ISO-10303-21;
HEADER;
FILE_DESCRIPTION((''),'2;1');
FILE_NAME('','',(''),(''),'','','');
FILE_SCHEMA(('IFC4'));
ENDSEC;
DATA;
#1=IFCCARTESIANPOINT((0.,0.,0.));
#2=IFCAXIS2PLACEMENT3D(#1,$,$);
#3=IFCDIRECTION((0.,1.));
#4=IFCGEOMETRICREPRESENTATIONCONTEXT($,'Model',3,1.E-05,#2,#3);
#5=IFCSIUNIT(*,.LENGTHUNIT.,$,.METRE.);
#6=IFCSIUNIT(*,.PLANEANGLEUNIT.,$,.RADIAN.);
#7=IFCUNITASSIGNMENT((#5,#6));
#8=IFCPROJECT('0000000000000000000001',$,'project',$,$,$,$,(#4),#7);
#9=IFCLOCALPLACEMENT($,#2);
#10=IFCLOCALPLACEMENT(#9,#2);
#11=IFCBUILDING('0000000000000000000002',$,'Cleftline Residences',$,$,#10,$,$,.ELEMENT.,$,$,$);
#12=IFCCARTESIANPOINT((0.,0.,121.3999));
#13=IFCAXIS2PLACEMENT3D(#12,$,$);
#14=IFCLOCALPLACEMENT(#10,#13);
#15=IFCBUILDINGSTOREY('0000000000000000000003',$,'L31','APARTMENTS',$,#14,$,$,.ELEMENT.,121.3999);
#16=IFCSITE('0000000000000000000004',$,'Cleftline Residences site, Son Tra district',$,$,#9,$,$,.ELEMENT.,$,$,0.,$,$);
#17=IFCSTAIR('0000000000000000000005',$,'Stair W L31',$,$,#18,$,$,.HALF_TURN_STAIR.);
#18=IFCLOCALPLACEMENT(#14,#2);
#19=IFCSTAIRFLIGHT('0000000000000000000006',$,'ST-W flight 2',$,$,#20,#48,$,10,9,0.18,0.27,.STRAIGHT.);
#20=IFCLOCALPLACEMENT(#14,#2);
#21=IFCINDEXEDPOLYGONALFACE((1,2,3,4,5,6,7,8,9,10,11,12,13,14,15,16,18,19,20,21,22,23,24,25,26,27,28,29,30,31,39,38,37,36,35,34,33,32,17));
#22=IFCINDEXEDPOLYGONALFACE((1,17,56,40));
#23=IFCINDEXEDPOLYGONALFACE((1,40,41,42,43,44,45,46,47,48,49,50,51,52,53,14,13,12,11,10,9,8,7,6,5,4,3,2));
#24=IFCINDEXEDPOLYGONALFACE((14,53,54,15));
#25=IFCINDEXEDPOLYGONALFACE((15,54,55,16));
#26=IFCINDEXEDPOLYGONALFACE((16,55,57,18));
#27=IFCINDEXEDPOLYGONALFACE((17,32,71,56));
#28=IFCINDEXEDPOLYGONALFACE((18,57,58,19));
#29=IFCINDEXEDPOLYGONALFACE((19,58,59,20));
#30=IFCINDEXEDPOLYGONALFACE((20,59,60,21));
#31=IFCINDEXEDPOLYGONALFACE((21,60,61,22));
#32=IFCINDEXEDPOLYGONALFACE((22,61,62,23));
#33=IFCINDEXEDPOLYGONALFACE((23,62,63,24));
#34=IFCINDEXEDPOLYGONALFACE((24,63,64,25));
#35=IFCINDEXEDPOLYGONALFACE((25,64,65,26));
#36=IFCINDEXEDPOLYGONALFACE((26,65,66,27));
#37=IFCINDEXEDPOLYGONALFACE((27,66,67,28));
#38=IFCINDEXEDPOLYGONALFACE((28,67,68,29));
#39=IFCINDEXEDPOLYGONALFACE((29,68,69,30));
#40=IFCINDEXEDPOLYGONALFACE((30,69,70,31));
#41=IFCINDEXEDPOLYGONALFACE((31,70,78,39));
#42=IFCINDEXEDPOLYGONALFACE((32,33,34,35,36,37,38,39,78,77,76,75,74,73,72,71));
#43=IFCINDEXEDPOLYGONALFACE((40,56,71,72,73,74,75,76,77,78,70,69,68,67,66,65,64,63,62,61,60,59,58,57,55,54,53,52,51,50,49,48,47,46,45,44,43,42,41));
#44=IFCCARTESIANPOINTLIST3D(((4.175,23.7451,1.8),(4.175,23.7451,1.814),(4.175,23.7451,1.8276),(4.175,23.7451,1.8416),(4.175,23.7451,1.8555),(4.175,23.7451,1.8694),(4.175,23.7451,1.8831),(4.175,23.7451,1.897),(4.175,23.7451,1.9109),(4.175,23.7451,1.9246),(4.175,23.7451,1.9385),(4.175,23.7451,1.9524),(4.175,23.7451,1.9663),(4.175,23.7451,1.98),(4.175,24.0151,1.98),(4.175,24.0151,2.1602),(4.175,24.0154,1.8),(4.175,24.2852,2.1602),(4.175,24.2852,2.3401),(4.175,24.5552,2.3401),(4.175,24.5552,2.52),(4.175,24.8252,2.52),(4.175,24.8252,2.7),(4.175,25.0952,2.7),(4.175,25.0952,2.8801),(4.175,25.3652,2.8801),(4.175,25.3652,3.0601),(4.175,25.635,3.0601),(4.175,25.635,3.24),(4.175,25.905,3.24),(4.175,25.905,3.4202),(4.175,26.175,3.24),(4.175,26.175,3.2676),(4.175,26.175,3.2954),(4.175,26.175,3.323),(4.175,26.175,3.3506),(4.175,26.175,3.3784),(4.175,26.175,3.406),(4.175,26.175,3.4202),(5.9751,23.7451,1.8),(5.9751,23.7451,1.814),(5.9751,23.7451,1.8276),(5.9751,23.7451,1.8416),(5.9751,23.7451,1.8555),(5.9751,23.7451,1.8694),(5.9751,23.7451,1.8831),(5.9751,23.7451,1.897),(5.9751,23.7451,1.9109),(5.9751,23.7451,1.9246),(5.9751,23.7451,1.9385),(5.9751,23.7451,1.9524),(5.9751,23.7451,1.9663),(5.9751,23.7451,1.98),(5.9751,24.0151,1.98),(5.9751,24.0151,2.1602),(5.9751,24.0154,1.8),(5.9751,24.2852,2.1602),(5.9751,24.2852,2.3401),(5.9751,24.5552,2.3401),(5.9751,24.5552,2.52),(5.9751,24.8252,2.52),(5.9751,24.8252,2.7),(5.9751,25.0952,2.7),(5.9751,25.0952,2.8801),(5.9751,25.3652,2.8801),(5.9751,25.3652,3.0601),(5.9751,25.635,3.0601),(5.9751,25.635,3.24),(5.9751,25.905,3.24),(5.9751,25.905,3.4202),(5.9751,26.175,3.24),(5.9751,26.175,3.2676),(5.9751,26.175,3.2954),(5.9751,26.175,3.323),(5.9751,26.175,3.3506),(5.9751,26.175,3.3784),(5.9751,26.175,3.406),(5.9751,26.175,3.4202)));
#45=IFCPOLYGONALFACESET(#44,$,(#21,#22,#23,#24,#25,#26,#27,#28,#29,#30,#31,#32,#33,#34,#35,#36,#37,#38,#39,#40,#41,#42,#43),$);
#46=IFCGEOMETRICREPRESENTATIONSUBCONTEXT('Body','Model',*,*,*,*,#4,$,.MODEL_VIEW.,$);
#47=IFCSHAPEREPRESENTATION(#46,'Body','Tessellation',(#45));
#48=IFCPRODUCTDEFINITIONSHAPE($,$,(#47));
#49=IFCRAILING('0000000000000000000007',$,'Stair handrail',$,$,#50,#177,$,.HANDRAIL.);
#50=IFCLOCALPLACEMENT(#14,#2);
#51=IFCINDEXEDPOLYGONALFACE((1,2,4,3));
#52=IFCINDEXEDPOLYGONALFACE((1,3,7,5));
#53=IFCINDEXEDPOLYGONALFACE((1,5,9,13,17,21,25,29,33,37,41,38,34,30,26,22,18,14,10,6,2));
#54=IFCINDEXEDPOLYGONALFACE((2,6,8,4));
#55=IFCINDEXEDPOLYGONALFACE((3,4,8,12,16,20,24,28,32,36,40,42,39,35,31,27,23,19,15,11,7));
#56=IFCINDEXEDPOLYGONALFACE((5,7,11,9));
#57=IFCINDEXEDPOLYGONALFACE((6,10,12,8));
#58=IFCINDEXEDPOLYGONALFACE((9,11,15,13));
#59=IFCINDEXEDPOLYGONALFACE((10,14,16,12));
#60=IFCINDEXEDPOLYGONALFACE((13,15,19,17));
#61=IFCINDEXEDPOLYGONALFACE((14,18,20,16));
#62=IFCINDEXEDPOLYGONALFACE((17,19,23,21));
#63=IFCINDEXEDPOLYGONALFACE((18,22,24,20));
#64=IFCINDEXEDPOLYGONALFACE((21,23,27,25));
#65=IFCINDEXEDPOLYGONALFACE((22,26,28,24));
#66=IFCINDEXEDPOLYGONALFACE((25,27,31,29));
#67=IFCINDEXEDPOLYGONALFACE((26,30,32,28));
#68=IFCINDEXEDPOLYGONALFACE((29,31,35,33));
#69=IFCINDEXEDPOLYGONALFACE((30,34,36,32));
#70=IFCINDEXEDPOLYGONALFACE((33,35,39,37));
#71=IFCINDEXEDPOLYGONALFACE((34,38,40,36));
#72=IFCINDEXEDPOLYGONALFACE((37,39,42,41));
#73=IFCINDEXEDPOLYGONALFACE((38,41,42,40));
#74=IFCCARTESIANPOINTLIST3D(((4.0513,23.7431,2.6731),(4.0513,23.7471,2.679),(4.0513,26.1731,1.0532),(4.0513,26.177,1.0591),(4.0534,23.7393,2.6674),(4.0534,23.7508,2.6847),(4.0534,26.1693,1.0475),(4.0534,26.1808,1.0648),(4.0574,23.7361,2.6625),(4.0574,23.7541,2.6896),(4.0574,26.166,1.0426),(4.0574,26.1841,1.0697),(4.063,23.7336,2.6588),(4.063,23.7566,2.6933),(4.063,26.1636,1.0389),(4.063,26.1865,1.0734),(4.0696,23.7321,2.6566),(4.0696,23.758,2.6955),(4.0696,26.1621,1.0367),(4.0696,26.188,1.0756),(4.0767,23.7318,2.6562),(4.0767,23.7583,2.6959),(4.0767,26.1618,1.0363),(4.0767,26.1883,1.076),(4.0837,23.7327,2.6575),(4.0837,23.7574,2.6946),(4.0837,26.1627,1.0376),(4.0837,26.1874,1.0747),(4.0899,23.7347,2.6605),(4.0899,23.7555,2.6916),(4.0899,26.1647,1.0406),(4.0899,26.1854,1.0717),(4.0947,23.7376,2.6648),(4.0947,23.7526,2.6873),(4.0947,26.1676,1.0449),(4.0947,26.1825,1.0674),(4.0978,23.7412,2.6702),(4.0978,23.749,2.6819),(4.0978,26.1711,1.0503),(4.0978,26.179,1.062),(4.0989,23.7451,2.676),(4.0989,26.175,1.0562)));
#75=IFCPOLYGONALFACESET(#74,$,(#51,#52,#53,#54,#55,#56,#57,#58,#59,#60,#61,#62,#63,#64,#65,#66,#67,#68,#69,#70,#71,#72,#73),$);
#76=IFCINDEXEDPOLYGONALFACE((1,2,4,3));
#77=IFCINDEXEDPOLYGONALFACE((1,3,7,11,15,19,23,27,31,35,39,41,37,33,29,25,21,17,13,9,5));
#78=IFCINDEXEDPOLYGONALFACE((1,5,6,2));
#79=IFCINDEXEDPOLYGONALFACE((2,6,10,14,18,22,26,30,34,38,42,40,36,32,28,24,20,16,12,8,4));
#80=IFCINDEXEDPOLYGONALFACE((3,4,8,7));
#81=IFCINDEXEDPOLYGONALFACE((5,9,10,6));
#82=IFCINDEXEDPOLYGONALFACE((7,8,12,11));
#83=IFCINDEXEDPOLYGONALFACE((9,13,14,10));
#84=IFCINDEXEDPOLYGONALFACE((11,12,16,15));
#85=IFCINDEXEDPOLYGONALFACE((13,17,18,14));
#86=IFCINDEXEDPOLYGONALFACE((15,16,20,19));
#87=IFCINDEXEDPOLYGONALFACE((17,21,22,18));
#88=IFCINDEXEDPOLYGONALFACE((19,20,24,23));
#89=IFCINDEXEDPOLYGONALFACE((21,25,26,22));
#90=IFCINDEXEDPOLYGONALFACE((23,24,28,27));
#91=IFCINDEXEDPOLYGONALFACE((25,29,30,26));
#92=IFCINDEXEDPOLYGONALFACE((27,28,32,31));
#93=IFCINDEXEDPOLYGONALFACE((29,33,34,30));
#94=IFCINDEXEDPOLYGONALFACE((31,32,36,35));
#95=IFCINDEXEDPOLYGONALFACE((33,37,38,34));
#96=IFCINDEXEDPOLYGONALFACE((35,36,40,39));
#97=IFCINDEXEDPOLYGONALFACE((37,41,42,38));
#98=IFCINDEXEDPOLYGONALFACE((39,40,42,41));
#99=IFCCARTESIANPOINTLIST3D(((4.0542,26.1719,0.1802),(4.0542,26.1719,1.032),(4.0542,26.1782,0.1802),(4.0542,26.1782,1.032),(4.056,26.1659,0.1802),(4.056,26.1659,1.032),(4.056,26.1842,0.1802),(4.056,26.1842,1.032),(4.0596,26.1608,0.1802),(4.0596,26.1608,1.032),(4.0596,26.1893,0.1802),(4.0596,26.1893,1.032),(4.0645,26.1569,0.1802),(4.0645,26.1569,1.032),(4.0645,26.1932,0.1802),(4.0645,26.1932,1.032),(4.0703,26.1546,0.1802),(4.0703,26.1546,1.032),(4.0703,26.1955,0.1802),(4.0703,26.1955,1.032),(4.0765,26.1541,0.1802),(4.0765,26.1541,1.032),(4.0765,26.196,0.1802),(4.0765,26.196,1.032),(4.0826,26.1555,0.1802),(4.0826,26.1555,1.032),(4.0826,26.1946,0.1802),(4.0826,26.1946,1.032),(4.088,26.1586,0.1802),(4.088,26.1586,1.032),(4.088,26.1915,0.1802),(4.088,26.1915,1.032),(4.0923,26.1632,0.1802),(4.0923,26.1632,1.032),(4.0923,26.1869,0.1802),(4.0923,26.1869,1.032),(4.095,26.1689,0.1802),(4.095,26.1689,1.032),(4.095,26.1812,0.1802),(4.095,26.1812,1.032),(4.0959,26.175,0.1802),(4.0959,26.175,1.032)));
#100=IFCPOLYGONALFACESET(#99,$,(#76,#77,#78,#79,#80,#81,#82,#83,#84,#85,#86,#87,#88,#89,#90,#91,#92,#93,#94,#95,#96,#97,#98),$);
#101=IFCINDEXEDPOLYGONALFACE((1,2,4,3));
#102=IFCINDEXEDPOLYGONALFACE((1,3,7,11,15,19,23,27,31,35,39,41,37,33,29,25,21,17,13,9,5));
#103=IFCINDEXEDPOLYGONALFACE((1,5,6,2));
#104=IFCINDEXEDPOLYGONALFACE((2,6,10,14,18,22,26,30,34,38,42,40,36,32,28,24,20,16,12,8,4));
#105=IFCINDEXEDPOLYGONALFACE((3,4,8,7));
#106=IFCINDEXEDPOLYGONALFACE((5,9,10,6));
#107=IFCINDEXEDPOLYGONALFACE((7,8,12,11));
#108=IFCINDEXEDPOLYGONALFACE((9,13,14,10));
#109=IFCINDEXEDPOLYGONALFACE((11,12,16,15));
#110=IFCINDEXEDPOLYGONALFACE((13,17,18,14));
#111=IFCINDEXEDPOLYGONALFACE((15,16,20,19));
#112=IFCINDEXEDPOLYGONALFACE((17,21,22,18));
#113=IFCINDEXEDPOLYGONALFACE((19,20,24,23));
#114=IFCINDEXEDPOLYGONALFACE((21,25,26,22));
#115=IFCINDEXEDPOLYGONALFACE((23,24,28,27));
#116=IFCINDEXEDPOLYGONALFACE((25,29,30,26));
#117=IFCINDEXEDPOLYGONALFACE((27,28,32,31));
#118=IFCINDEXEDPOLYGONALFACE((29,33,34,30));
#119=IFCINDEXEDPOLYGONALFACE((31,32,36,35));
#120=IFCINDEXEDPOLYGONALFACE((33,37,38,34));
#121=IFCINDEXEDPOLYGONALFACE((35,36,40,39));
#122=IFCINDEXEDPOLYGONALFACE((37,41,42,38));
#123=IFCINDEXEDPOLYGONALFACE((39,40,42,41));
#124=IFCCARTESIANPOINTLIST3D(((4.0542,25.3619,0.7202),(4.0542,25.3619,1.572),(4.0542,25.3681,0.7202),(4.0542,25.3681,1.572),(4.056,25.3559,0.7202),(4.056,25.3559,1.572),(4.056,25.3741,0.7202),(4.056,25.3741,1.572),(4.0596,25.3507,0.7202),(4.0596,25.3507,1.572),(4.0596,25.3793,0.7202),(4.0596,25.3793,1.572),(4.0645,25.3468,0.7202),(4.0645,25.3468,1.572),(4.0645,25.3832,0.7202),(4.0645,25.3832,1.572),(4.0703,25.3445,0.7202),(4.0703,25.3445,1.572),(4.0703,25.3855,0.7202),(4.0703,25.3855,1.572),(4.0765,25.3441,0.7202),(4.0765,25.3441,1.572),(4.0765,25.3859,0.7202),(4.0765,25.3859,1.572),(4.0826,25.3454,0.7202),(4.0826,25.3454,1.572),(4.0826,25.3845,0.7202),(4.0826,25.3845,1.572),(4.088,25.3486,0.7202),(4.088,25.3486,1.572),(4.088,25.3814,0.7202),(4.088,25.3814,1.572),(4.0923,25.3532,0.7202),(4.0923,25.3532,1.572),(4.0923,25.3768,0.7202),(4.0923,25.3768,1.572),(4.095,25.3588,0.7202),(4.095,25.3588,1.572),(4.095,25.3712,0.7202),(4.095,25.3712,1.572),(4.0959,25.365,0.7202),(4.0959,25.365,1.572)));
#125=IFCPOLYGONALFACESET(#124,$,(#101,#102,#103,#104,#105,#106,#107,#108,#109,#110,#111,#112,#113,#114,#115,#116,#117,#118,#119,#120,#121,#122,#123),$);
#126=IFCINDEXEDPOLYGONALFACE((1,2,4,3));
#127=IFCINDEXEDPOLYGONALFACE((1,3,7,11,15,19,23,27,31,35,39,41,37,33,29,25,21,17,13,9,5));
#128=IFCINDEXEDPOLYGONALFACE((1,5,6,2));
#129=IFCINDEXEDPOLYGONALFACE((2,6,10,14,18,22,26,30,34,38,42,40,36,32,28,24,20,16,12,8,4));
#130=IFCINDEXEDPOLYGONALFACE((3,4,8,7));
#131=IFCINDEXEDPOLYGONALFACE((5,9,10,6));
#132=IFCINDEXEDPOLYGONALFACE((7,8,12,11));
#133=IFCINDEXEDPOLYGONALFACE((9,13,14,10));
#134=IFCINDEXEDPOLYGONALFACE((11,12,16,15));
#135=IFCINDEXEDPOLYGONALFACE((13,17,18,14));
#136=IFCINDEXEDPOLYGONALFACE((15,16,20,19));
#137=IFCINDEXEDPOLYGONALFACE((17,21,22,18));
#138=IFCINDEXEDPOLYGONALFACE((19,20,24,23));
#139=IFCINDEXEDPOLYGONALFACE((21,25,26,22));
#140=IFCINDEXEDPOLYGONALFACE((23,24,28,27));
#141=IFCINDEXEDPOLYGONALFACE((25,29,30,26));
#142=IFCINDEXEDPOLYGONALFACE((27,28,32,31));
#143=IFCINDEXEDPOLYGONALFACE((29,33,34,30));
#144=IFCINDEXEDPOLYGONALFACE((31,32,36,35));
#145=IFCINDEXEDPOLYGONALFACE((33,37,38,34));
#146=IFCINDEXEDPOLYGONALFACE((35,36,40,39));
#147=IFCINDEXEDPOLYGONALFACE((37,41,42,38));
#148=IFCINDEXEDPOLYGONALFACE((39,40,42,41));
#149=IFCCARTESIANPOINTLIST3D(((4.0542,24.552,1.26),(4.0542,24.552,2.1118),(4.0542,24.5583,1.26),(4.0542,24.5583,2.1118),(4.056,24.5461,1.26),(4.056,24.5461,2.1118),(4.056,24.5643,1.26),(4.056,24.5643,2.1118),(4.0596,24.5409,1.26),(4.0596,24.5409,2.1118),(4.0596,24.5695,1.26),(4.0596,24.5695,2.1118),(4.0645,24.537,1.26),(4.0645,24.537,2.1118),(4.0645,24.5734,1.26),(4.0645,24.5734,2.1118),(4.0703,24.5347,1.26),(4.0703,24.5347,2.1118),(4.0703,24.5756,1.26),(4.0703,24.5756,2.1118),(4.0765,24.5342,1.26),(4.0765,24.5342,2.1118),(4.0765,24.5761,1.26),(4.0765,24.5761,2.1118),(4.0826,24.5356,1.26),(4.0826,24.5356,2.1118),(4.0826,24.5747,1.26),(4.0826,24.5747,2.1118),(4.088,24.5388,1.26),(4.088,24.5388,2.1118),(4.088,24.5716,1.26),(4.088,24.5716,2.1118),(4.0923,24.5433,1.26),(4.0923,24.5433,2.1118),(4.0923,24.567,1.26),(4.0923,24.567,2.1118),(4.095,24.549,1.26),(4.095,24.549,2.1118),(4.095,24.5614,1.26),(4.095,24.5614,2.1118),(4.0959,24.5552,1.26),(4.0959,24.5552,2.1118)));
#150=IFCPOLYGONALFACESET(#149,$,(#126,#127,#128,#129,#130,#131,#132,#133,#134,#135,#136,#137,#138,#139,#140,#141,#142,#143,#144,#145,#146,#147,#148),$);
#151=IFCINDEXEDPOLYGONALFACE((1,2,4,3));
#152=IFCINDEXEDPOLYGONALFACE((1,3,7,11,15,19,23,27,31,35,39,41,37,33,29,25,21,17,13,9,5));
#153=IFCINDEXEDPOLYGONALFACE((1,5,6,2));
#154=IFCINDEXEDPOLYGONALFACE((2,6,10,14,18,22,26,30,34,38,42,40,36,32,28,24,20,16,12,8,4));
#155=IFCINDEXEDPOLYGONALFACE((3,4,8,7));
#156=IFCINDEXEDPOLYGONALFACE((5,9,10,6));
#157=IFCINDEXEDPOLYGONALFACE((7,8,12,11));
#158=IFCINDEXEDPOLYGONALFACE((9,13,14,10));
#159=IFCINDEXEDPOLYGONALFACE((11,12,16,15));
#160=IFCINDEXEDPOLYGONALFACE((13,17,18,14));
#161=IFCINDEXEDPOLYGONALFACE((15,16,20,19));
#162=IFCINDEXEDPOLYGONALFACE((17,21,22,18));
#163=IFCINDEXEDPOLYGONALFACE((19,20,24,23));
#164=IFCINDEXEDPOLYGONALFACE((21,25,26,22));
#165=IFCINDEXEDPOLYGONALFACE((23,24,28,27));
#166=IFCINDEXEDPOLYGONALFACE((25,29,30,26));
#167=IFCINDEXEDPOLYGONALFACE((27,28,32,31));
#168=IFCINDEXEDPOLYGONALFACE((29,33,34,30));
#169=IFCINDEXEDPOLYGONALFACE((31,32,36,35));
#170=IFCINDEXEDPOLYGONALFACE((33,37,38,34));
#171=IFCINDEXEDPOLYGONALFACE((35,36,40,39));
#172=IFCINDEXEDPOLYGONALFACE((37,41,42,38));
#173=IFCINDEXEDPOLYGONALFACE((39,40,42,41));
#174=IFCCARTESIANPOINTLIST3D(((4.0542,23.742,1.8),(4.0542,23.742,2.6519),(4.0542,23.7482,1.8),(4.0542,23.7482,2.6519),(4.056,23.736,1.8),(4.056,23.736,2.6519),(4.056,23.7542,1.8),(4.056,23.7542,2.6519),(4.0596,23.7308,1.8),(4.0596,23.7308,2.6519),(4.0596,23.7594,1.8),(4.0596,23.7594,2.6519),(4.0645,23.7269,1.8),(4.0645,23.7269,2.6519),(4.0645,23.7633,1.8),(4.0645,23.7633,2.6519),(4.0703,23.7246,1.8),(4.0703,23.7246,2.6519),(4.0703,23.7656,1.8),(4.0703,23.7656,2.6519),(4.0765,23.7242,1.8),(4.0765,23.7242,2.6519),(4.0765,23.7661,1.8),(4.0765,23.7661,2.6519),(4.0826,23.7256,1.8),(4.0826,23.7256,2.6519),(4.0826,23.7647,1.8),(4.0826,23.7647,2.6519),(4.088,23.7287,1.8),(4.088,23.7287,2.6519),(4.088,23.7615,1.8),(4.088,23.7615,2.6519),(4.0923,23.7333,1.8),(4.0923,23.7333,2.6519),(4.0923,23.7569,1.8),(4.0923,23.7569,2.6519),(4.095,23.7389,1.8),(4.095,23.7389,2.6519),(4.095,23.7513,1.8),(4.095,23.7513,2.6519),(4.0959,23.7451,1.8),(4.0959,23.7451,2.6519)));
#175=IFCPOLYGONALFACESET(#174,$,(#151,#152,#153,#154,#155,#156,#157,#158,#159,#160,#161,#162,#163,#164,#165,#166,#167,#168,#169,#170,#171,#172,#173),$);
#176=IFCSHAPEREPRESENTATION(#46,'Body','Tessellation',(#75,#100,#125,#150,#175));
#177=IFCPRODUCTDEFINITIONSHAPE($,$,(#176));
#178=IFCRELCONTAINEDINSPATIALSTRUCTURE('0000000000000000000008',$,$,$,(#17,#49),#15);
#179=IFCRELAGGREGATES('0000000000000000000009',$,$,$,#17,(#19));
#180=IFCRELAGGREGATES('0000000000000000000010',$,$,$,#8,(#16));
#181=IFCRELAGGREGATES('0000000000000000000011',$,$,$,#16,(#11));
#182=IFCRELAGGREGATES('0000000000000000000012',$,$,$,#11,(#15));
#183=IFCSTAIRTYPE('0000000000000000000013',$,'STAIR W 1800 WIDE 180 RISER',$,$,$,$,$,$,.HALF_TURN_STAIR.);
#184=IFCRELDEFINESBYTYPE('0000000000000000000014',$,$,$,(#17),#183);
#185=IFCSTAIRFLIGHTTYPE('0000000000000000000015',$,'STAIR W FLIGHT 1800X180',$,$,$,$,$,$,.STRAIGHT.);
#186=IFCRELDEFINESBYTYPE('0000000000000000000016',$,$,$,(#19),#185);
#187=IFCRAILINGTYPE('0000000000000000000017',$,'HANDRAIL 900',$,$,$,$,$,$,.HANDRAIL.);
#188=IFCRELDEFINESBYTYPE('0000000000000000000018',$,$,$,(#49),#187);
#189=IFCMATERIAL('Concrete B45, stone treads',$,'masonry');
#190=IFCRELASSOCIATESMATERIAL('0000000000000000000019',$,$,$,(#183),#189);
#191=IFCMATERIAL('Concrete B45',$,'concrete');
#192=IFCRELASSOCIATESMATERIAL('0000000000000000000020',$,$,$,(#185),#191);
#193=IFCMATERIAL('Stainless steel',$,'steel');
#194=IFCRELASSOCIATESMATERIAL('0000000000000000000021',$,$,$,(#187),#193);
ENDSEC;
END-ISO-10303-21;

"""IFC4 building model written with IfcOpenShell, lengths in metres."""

from ifc_helpers import new_model, si_unit, direction, frame, origin, origin_2d, place, context, subcontext, project, spatial, polyline, circle, outline, extrude, material, type_object, element, aggregate, save


model = new_model("IFC4")

# Units and contexts
model_context = context("Model", 3, precision=1e-05, world=origin(), true_north=direction((0.0, 1.0)))
body_context = subcontext(model_context, "Body", "Model", "MODEL_VIEW")
ifc_project = project(units=[si_unit("LENGTHUNIT", "METRE"), si_unit("PLANEANGLEUNIT", "RADIAN")], contexts=[model_context])

# Site, building, storey
site_placement = place(None, origin())
site = spatial("IfcSite", under=ifc_project, at=site_placement, Name="Cleftline Residences site, Son Tra district", CompositionType="ELEMENT", RefElevation=0.0)
building_placement = place(site_placement, origin())
building = spatial("IfcBuilding", under=site, at=building_placement, Name="Cleftline Residences", CompositionType="ELEMENT")
storey_placement = place(building_placement, frame((0.0, 0.0, 121.3999)))
storey = spatial("IfcBuildingStorey", under=building, at=storey_placement, Name="L31", Description="APARTMENTS", CompositionType="ELEMENT", Elevation=121.3999)

# Stair, stair flight
ifc_material_1 = material(Name="Concrete B45, stone treads", Category="masonry")
stair_type = type_object("IfcStairType", Name="STAIR W 1800 WIDE 180 RISER", PredefinedType="HALF_TURN_STAIR", material=ifc_material_1)
stair_placement = place(storey_placement, origin())
stair = element("IfcStair", 1, at=stair_placement, inside=storey, type_object=stair_type, Name="Stair W L31", PredefinedType="HALF_TURN_STAIR")
ifc_material_2 = material(Name="Concrete B45", Category="concrete")
stair_flight_type = type_object("IfcStairFlightType", Name="STAIR W FLIGHT 1800X180", PredefinedType="STRAIGHT", material=ifc_material_2)
stair_flight_1_placement = place(storey_placement, frame((5.075, 23.7451, 1.8), z_axis=(0.0, 0.0, 1.0), x_axis=(0.0, 1.0, 0.0)))
stair_flight_1 = element("IfcStairFlight", 2, at=stair_flight_1_placement, type_object=stair_flight_type, Name="ST-W flight 2", NumberOfRisers=10, NumberOfTreads=9, PredefinedType="STRAIGHT", RiserHeight=0.18, TreadLength=0.27, context=body_context, shape_type="SweptSolid", body=[
    extrude(outline(polyline([(0.0, 0.0), (0.0, 0.0139), (0.0, 0.0276), (0.0, 0.0415), (0.0, 0.0554), (0.0, 0.0693), (0.0, 0.083), (0.0, 0.0969), (0.0, 0.1108), (0.0, 0.1245), (0.0, 0.1384), (0.0, 0.1523), (0.0, 0.1663), (0.0, 0.1799), (0.27, 0.1799), (0.27, 0.3601), (0.54, 0.3601), (0.54, 0.54), (0.8101, 0.54), (0.8101, 0.72), (1.0801, 0.72), (1.0801, 0.8999), (1.3501, 0.8999), (1.3501, 1.0801), (1.6201, 1.0801), (1.6201, 1.26), (1.8899, 1.26), (1.8899, 1.4399), (2.1599, 1.4399), (2.1599, 1.6201), (2.4299, 1.6201), (2.4299, 1.8), (2.4299, 1.7722), (2.4299, 1.7446), (2.4299, 1.7168), (2.4299, 1.6892), (2.4299, 1.6614), (2.4299, 1.6338), (2.4299, 1.606), (2.4299, 1.5784), (2.4299, 1.5505), (2.4299, 1.5229), (2.4299, 1.4954), (2.4299, 1.4675), (2.4299, 1.4399), (0.2703, 0.0), (0.0, 0.0)])), frame((0.0, 0.8999, 0.0), z_axis=(0.0, -1.0, 0.0), x_axis=(1.0, 0.0, 0.0)), (0.0, 0.0, 1.0), 1.8),
])
aggregate(stair, [stair_flight_1])

# Railing
ifc_material_3 = material(Name="Stainless steel", Category="steel")
railing_type = type_object("IfcRailingType", Name="HANDRAIL 900", PredefinedType="HANDRAIL", material=ifc_material_3)
railing_1_placement = place(storey_placement, frame((4.075, 26.175, 0.1802)))
element("IfcRailing", 3, at=railing_1_placement, inside=storey, type_object=railing_type, Name="Stair handrail", PredefinedType="HANDRAIL", context=body_context, shape_type="SweptSolid", body=[
    extrude(circle(Radius=0.0239, at=origin_2d()), frame((0.0, 0.0, 0.876), z_axis=(0.0, -0.832063, 0.554681), x_axis=(1.0, 0.0, 0.0)), (0.0, 0.0, 1.0), 2.9204),
    extrude(circle(Radius=0.021, at=origin_2d()), origin(), (0.0, 0.0, 1.0), 0.8518),
    extrude(circle(Radius=0.021, at=origin_2d()), frame((0.0, -0.8101, 0.54)), (0.0, 0.0, 1.0), 0.8518),
    extrude(circle(Radius=0.021, at=origin_2d()), frame((0.0, -1.6199, 1.0798)), (0.0, 0.0, 1.0), 0.8518),
    extrude(circle(Radius=0.021, at=origin_2d()), frame((0.0, -2.4299, 1.6199)), (0.0, 0.0, 1.0), 0.8518),
])

save(model, "model.ifc")
